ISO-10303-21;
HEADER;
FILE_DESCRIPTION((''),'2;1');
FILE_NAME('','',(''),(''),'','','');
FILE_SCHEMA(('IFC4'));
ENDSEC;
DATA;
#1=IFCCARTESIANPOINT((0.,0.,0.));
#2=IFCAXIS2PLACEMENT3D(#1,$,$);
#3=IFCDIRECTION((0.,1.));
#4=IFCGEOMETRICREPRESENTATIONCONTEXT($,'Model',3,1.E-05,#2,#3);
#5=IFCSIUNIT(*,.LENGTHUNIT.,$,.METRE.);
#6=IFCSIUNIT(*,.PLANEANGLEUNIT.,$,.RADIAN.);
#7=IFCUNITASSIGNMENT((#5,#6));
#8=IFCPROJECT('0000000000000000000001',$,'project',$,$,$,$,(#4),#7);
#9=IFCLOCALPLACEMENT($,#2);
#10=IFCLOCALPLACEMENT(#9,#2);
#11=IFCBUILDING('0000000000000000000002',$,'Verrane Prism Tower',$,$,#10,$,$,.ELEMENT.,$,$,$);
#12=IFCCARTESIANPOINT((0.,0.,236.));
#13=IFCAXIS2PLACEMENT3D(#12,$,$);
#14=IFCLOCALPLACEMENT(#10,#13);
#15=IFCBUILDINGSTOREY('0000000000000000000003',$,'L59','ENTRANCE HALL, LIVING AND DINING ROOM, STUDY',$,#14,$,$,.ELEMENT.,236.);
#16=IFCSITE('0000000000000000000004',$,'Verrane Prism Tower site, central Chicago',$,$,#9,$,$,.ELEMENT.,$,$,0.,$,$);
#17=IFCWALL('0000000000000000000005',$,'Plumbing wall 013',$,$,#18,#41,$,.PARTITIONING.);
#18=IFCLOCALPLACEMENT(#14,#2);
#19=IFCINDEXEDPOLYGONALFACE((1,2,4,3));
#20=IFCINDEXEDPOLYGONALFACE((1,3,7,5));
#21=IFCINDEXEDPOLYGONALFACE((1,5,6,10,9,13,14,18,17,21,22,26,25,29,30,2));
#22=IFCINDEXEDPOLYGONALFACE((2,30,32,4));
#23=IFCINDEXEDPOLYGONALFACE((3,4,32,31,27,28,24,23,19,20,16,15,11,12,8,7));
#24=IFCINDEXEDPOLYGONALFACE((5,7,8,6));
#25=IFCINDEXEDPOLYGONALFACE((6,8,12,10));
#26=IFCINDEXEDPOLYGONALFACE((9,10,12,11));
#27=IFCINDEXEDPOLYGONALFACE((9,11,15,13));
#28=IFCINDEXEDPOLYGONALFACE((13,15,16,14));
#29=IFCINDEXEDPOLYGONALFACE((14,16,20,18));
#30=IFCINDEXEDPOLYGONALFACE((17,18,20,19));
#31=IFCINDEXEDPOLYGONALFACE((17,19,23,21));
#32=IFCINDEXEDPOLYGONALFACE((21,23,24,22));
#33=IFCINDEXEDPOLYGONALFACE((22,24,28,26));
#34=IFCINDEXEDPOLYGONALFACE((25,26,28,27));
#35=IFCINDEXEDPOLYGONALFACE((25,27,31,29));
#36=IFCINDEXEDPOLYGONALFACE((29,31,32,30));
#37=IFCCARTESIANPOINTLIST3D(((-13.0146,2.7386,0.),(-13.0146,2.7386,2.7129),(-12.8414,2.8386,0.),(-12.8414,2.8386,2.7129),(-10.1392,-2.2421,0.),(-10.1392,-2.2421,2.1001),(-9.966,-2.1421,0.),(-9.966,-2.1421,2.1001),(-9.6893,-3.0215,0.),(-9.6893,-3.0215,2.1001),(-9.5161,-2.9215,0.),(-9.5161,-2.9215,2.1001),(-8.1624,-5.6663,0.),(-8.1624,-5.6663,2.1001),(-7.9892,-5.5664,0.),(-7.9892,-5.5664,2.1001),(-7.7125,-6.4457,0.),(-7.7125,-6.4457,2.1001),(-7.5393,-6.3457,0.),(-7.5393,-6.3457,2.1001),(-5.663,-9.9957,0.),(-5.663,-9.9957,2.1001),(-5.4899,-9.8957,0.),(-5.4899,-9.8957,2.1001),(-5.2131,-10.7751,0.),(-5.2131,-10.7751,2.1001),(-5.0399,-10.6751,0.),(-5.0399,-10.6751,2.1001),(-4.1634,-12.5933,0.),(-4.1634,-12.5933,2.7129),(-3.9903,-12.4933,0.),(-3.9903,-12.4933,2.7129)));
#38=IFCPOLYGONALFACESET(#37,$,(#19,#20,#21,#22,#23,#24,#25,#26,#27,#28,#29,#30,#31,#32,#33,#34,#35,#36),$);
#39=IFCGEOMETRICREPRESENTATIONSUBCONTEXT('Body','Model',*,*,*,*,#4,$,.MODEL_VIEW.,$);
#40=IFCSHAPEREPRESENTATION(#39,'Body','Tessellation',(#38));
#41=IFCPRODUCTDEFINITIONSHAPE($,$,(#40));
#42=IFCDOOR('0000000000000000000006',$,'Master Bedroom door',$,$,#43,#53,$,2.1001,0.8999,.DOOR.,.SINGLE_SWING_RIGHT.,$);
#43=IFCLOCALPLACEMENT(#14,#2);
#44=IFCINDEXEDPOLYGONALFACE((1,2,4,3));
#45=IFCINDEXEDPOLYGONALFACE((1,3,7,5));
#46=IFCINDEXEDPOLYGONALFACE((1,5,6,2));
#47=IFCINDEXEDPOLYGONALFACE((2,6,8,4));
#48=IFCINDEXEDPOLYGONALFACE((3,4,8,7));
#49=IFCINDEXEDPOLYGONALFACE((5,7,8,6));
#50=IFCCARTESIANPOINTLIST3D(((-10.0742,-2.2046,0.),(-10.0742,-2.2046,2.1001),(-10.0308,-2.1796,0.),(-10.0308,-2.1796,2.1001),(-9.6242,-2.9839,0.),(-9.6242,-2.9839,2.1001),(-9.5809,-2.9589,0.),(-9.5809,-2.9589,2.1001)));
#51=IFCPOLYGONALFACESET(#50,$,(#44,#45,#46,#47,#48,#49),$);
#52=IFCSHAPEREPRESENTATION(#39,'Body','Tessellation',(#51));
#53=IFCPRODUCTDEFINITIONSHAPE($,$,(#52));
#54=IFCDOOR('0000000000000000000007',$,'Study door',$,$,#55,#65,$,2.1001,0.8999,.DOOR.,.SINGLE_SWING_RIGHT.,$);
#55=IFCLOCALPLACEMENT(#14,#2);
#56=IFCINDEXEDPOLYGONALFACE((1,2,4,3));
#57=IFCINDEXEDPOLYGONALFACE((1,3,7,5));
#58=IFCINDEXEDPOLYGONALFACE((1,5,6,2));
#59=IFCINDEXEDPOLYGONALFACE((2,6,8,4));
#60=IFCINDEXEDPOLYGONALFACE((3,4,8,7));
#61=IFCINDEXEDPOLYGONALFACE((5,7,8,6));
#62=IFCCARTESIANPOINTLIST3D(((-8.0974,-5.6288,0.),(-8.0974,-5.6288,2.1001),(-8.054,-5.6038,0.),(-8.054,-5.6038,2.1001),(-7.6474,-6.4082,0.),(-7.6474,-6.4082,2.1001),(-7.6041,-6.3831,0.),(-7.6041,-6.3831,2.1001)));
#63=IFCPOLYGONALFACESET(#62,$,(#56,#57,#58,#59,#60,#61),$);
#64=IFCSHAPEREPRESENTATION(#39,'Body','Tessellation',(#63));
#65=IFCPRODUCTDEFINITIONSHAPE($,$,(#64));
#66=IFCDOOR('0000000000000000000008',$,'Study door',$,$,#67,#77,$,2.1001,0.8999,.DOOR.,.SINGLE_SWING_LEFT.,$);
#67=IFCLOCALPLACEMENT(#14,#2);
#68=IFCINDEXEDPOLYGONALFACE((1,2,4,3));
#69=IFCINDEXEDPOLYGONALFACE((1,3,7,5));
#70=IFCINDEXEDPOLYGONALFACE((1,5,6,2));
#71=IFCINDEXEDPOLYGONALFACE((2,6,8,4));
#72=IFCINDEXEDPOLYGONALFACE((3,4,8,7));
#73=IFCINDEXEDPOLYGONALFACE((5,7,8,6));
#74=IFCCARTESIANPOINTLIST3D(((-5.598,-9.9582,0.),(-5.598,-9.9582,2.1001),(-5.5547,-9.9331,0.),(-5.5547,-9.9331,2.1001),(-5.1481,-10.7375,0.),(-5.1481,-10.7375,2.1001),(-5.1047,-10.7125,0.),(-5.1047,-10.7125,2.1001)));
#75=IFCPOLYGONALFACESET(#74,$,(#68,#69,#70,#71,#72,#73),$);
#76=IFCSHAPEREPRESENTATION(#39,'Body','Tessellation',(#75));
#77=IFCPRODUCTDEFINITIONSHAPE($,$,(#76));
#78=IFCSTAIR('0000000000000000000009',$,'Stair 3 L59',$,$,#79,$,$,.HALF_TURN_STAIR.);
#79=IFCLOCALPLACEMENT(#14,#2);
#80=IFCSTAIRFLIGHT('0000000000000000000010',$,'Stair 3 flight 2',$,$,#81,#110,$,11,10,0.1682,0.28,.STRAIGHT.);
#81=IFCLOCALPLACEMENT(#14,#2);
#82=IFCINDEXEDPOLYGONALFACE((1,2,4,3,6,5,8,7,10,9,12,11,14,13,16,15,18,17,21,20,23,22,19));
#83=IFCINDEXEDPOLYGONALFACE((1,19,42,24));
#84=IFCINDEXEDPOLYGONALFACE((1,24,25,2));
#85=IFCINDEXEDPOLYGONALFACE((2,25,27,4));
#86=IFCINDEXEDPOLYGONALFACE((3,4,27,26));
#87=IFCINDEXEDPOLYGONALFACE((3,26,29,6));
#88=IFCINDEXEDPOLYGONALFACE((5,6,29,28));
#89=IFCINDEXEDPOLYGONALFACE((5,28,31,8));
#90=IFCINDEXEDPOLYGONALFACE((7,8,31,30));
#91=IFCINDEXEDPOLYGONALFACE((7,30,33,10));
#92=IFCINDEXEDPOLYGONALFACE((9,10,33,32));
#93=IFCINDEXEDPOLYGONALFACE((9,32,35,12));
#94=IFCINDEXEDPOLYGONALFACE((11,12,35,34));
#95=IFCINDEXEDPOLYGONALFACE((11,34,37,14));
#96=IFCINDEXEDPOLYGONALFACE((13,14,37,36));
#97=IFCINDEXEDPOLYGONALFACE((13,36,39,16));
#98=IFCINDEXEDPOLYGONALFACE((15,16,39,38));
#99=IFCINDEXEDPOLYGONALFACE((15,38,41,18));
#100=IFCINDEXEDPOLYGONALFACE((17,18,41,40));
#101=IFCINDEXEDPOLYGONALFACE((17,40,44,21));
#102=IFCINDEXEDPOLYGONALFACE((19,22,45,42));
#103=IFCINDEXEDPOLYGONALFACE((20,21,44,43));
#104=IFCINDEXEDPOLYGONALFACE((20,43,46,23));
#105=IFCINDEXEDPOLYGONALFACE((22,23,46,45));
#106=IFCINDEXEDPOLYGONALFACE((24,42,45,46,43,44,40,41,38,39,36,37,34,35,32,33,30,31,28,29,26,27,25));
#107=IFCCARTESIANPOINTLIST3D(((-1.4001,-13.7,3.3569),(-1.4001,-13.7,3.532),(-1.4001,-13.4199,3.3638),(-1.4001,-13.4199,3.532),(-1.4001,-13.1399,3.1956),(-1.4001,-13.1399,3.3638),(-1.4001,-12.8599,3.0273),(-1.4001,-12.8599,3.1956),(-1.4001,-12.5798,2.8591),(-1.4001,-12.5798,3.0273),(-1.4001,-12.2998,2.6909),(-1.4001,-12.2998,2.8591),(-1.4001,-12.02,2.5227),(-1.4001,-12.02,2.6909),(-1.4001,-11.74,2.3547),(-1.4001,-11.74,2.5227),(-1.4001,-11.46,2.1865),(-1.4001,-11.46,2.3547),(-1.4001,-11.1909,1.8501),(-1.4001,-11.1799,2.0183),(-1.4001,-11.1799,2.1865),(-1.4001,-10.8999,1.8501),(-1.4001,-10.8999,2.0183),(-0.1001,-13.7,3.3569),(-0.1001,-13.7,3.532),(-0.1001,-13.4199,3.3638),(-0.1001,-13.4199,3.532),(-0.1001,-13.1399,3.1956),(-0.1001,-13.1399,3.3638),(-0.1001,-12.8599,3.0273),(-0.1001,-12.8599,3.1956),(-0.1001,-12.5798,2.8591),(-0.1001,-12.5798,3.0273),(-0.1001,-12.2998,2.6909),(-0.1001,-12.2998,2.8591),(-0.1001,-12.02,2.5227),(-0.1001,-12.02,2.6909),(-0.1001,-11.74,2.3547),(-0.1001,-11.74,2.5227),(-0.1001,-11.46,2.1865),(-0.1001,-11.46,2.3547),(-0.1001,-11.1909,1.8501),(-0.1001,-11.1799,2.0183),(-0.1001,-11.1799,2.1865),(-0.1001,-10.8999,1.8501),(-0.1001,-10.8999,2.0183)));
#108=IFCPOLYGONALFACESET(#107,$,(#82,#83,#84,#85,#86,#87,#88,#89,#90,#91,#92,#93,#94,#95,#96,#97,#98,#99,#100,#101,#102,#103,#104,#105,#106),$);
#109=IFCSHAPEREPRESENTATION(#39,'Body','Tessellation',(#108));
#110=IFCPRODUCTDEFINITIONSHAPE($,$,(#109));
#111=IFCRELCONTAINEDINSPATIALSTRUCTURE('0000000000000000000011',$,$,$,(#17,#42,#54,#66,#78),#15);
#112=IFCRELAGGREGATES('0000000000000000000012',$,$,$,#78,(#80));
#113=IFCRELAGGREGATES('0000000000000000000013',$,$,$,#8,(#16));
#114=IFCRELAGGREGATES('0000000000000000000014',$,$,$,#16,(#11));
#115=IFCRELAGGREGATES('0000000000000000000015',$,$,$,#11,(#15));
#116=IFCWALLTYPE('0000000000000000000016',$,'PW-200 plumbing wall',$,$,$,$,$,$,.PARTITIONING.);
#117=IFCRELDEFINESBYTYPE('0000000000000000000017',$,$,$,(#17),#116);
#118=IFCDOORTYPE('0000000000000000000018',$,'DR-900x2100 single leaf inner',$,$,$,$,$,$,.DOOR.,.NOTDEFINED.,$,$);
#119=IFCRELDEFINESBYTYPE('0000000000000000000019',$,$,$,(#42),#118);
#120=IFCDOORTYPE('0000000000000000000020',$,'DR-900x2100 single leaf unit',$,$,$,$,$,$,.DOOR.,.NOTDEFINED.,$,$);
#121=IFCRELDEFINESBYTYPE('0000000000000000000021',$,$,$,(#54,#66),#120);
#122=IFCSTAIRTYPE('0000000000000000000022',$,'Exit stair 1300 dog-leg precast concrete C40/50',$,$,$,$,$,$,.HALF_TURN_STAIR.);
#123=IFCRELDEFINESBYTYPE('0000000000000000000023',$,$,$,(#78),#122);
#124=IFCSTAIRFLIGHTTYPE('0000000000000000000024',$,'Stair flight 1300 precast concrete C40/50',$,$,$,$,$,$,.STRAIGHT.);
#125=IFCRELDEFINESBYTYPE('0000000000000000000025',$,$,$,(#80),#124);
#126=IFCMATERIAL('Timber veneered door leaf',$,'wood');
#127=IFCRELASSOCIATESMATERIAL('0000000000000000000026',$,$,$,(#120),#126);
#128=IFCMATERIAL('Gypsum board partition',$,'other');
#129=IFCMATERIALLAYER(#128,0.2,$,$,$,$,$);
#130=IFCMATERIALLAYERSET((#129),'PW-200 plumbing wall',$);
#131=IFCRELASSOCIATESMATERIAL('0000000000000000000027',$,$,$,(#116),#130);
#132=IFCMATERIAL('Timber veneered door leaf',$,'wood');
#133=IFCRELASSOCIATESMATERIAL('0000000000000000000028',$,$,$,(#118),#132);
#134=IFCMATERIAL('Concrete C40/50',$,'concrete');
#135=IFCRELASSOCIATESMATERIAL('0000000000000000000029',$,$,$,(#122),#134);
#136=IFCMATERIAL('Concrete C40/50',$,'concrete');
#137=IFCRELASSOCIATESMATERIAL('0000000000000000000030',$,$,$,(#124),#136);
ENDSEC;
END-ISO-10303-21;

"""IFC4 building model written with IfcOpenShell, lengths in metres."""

from ifc_helpers import new_model, si_unit, direction, frame, frame_2d, origin, place, context, subcontext, project, spatial, polyline, rectangle, outline, extrude, material, layer, layer_set, type_object, element, fill, aggregate, save


model = new_model("IFC4")

# Units and contexts
model_context = context("Model", 3, precision=1e-05, world=origin(), true_north=direction((0.0, 1.0)))
body_context = subcontext(model_context, "Body", "Model", "MODEL_VIEW")
ifc_project = project(units=[si_unit("LENGTHUNIT", "METRE"), si_unit("PLANEANGLEUNIT", "RADIAN")], contexts=[model_context])

# Site, building, storey
site_placement = place(None, origin())
site = spatial("IfcSite", under=ifc_project, at=site_placement, Name="Verrane Prism Tower site, central Chicago", CompositionType="ELEMENT", RefElevation=0.0)
building_placement = place(site_placement, origin())
building = spatial("IfcBuilding", under=site, at=building_placement, Name="Verrane Prism Tower", CompositionType="ELEMENT")
storey_placement = place(building_placement, frame((0.0, 0.0, 236.0)))
storey = spatial("IfcBuildingStorey", under=building, at=storey_placement, Name="L59", Description="ENTRANCE HALL, LIVING AND DINING ROOM, STUDY", CompositionType="ELEMENT", Elevation=236.0)

# Shared definitions
ifc_material_1 = material(Name="Timber veneered door leaf", Category="wood")
door_type_1 = type_object("IfcDoorType", Name="DR-900x2100 single leaf unit", OperationType="NOTDEFINED", PredefinedType="DOOR", material=ifc_material_1)

# Wall, openings, doors
ifc_material_2 = material(Name="Gypsum board partition", Category="other")
ifc_layer_1 = layer(ifc_material_2, 0.2)
ifc_layer_set_1 = layer_set([ifc_layer_1], Name="PW-200 plumbing wall")
wall_type_1 = type_object("IfcWallType", Name="PW-200 plumbing wall", PredefinedType="PARTITIONING", material=ifc_layer_set_1)
wall_1_placement = place(storey_placement, frame((-4.0769, -12.5432, 0.0), z_axis=(0.0, 0.0, 1.0), x_axis=(-0.499969, 0.866043, 0.0)))
wall_1 = element("IfcWall", 1, at=wall_1_placement, inside=storey, type_object=wall_type_1, Name="Plumbing wall 013", PredefinedType="PARTITIONING", context=body_context, shape_type="SweptSolid", body=[
    extrude(rectangle(XDim=17.7034, YDim=0.2, at=frame_2d((8.8516, 0.0))), origin(), (0.0, 0.0, 1.0), 2.7129),
])
opening_1_placement = place(wall_1_placement, frame((11.0522, 0.0, 0.0)))
opening_1 = element("IfcOpeningElement", 2, at=opening_1_placement, cuts=wall_1, PredefinedType="OPENING", context=body_context, shape_type="SweptSolid", body=[
    extrude(rectangle(XDim=0.8999, YDim=2.1001, at=frame_2d((0.45, 1.05))), frame((0.0, 0.1099, 0.0), z_axis=(0.0, -1.0, 0.0), x_axis=(1.0, 0.0, 0.0)), (0.0, 0.0, 1.0), 0.22),
])
opening_2_placement = place(wall_1_placement, frame((7.0984, 0.0, 0.0)))
opening_2 = element("IfcOpeningElement", 3, at=opening_2_placement, cuts=wall_1, PredefinedType="OPENING", context=body_context, shape_type="SweptSolid", body=[
    extrude(rectangle(XDim=0.8999, YDim=2.1001, at=frame_2d((0.45, 1.05))), frame((0.0, 0.1099, 0.0), z_axis=(0.0, -1.0, 0.0), x_axis=(1.0, 0.0, 0.0)), (0.0, 0.0, 1.0), 0.22),
])
opening_3_placement = place(wall_1_placement, frame((2.0994, 0.0, 0.0)))
opening_3 = element("IfcOpeningElement", 4, at=opening_3_placement, cuts=wall_1, PredefinedType="OPENING", context=body_context, shape_type="SweptSolid", body=[
    extrude(rectangle(XDim=0.8999, YDim=2.1001, at=frame_2d((0.45, 1.05))), frame((0.0, 0.1099, 0.0), z_axis=(0.0, -1.0, 0.0), x_axis=(1.0, 0.0, 0.0)), (0.0, 0.0, 1.0), 0.22),
])
ifc_material_3 = material(Name="Timber veneered door leaf", Category="wood")
door_type_2 = type_object("IfcDoorType", Name="DR-900x2100 single leaf inner", OperationType="NOTDEFINED", PredefinedType="DOOR", material=ifc_material_3)
door_1_placement = place(opening_1_placement, origin())
door_1 = element("IfcDoor", 5, at=door_1_placement, inside=storey, type_object=door_type_2, Name="Master Bedroom door", OperationType="SINGLE_SWING_RIGHT", OverallHeight=2.1001, OverallWidth=0.8999, PredefinedType="DOOR", context=body_context, shape_type="SweptSolid", body=[
    extrude(rectangle(XDim=0.8999, YDim=2.1001, at=frame_2d((0.45, 1.05))), frame((0.0, 0.0249, 0.0), z_axis=(0.0, -1.0, 0.0), x_axis=(1.0, 0.0, 0.0)), (0.0, 0.0, 1.0), 0.05),
])
fill(opening_1, door_1)
door_2_placement = place(opening_2_placement, origin())
door_2 = element("IfcDoor", 6, at=door_2_placement, inside=storey, type_object=door_type_1, Name="Study door", OperationType="SINGLE_SWING_RIGHT", OverallHeight=2.1001, OverallWidth=0.8999, PredefinedType="DOOR", context=body_context, shape_type="SweptSolid", body=[
    extrude(rectangle(XDim=0.8999, YDim=2.1001, at=frame_2d((0.45, 1.05))), frame((0.0, 0.0249, 0.0), z_axis=(0.0, -1.0, 0.0), x_axis=(1.0, 0.0, 0.0)), (0.0, 0.0, 1.0), 0.05),
])
fill(opening_2, door_2)
door_3_placement = place(opening_3_placement, origin())
door_3 = element("IfcDoor", 7, at=door_3_placement, inside=storey, type_object=door_type_1, Name="Study door", OperationType="SINGLE_SWING_LEFT", OverallHeight=2.1001, OverallWidth=0.8999, PredefinedType="DOOR", context=body_context, shape_type="SweptSolid", body=[
    extrude(rectangle(XDim=0.8999, YDim=2.1001, at=frame_2d((0.45, 1.05))), frame((0.0, 0.0249, 0.0), z_axis=(0.0, -1.0, 0.0), x_axis=(1.0, 0.0, 0.0)), (0.0, 0.0, 1.0), 0.05),
])
fill(opening_3, door_3)

# Stair, stair flight
ifc_material_4 = material(Name="Concrete C40/50", Category="concrete")
stair_type = type_object("IfcStairType", Name="Exit stair 1300 dog-leg precast concrete C40/50", PredefinedType="HALF_TURN_STAIR", material=ifc_material_4)
stair_placement = place(storey_placement, origin())
stair = element("IfcStair", 8, at=stair_placement, inside=storey, type_object=stair_type, Name="Stair 3 L59", PredefinedType="HALF_TURN_STAIR")
ifc_material_5 = material(Name="Concrete C40/50", Category="concrete")
stair_flight_type = type_object("IfcStairFlightType", Name="Stair flight 1300 precast concrete C40/50", PredefinedType="STRAIGHT", material=ifc_material_5)
stair_flight_placement = place(storey_placement, frame((-0.75, -10.8999, 1.8501), z_axis=(0.0, 0.0, 1.0), x_axis=(0.0, -1.0, 0.0)))
stair_flight = element("IfcStairFlight", 9, at=stair_flight_placement, type_object=stair_flight_type, Name="Stair 3 flight 2", NumberOfRisers=11, NumberOfTreads=10, PredefinedType="STRAIGHT", RiserHeight=0.1682, TreadLength=0.28, context=body_context, shape_type="SweptSolid", body=[
    extrude(outline(polyline([(0.0, 0.0), (0.0, 0.1682), (0.28, 0.1682), (0.28, 0.3364), (0.5601, 0.3364), (0.5601, 0.5046), (0.8401, 0.5046), (0.8401, 0.6726), (1.1201, 0.6726), (1.1201, 0.8408), (1.3999, 0.8408), (1.3999, 1.009), (1.6799, 1.009), (1.6799, 1.1772), (1.96, 1.1772), (1.96, 1.3455), (2.24, 1.3455), (2.24, 1.5137), (2.52, 1.5137), (2.52, 1.6819), (2.8, 1.6819), (2.8, 1.8501), (2.8, 1.5068), (0.291, 0.0), (0.0, 0.0)])), frame((0.0, 0.6499, 0.0), z_axis=(0.0, -1.0, 0.0), x_axis=(1.0, 0.0, 0.0)), (0.0, 0.0, 1.0), 1.3),
])
aggregate(stair, [stair_flight])

save(model, "model.ifc")
